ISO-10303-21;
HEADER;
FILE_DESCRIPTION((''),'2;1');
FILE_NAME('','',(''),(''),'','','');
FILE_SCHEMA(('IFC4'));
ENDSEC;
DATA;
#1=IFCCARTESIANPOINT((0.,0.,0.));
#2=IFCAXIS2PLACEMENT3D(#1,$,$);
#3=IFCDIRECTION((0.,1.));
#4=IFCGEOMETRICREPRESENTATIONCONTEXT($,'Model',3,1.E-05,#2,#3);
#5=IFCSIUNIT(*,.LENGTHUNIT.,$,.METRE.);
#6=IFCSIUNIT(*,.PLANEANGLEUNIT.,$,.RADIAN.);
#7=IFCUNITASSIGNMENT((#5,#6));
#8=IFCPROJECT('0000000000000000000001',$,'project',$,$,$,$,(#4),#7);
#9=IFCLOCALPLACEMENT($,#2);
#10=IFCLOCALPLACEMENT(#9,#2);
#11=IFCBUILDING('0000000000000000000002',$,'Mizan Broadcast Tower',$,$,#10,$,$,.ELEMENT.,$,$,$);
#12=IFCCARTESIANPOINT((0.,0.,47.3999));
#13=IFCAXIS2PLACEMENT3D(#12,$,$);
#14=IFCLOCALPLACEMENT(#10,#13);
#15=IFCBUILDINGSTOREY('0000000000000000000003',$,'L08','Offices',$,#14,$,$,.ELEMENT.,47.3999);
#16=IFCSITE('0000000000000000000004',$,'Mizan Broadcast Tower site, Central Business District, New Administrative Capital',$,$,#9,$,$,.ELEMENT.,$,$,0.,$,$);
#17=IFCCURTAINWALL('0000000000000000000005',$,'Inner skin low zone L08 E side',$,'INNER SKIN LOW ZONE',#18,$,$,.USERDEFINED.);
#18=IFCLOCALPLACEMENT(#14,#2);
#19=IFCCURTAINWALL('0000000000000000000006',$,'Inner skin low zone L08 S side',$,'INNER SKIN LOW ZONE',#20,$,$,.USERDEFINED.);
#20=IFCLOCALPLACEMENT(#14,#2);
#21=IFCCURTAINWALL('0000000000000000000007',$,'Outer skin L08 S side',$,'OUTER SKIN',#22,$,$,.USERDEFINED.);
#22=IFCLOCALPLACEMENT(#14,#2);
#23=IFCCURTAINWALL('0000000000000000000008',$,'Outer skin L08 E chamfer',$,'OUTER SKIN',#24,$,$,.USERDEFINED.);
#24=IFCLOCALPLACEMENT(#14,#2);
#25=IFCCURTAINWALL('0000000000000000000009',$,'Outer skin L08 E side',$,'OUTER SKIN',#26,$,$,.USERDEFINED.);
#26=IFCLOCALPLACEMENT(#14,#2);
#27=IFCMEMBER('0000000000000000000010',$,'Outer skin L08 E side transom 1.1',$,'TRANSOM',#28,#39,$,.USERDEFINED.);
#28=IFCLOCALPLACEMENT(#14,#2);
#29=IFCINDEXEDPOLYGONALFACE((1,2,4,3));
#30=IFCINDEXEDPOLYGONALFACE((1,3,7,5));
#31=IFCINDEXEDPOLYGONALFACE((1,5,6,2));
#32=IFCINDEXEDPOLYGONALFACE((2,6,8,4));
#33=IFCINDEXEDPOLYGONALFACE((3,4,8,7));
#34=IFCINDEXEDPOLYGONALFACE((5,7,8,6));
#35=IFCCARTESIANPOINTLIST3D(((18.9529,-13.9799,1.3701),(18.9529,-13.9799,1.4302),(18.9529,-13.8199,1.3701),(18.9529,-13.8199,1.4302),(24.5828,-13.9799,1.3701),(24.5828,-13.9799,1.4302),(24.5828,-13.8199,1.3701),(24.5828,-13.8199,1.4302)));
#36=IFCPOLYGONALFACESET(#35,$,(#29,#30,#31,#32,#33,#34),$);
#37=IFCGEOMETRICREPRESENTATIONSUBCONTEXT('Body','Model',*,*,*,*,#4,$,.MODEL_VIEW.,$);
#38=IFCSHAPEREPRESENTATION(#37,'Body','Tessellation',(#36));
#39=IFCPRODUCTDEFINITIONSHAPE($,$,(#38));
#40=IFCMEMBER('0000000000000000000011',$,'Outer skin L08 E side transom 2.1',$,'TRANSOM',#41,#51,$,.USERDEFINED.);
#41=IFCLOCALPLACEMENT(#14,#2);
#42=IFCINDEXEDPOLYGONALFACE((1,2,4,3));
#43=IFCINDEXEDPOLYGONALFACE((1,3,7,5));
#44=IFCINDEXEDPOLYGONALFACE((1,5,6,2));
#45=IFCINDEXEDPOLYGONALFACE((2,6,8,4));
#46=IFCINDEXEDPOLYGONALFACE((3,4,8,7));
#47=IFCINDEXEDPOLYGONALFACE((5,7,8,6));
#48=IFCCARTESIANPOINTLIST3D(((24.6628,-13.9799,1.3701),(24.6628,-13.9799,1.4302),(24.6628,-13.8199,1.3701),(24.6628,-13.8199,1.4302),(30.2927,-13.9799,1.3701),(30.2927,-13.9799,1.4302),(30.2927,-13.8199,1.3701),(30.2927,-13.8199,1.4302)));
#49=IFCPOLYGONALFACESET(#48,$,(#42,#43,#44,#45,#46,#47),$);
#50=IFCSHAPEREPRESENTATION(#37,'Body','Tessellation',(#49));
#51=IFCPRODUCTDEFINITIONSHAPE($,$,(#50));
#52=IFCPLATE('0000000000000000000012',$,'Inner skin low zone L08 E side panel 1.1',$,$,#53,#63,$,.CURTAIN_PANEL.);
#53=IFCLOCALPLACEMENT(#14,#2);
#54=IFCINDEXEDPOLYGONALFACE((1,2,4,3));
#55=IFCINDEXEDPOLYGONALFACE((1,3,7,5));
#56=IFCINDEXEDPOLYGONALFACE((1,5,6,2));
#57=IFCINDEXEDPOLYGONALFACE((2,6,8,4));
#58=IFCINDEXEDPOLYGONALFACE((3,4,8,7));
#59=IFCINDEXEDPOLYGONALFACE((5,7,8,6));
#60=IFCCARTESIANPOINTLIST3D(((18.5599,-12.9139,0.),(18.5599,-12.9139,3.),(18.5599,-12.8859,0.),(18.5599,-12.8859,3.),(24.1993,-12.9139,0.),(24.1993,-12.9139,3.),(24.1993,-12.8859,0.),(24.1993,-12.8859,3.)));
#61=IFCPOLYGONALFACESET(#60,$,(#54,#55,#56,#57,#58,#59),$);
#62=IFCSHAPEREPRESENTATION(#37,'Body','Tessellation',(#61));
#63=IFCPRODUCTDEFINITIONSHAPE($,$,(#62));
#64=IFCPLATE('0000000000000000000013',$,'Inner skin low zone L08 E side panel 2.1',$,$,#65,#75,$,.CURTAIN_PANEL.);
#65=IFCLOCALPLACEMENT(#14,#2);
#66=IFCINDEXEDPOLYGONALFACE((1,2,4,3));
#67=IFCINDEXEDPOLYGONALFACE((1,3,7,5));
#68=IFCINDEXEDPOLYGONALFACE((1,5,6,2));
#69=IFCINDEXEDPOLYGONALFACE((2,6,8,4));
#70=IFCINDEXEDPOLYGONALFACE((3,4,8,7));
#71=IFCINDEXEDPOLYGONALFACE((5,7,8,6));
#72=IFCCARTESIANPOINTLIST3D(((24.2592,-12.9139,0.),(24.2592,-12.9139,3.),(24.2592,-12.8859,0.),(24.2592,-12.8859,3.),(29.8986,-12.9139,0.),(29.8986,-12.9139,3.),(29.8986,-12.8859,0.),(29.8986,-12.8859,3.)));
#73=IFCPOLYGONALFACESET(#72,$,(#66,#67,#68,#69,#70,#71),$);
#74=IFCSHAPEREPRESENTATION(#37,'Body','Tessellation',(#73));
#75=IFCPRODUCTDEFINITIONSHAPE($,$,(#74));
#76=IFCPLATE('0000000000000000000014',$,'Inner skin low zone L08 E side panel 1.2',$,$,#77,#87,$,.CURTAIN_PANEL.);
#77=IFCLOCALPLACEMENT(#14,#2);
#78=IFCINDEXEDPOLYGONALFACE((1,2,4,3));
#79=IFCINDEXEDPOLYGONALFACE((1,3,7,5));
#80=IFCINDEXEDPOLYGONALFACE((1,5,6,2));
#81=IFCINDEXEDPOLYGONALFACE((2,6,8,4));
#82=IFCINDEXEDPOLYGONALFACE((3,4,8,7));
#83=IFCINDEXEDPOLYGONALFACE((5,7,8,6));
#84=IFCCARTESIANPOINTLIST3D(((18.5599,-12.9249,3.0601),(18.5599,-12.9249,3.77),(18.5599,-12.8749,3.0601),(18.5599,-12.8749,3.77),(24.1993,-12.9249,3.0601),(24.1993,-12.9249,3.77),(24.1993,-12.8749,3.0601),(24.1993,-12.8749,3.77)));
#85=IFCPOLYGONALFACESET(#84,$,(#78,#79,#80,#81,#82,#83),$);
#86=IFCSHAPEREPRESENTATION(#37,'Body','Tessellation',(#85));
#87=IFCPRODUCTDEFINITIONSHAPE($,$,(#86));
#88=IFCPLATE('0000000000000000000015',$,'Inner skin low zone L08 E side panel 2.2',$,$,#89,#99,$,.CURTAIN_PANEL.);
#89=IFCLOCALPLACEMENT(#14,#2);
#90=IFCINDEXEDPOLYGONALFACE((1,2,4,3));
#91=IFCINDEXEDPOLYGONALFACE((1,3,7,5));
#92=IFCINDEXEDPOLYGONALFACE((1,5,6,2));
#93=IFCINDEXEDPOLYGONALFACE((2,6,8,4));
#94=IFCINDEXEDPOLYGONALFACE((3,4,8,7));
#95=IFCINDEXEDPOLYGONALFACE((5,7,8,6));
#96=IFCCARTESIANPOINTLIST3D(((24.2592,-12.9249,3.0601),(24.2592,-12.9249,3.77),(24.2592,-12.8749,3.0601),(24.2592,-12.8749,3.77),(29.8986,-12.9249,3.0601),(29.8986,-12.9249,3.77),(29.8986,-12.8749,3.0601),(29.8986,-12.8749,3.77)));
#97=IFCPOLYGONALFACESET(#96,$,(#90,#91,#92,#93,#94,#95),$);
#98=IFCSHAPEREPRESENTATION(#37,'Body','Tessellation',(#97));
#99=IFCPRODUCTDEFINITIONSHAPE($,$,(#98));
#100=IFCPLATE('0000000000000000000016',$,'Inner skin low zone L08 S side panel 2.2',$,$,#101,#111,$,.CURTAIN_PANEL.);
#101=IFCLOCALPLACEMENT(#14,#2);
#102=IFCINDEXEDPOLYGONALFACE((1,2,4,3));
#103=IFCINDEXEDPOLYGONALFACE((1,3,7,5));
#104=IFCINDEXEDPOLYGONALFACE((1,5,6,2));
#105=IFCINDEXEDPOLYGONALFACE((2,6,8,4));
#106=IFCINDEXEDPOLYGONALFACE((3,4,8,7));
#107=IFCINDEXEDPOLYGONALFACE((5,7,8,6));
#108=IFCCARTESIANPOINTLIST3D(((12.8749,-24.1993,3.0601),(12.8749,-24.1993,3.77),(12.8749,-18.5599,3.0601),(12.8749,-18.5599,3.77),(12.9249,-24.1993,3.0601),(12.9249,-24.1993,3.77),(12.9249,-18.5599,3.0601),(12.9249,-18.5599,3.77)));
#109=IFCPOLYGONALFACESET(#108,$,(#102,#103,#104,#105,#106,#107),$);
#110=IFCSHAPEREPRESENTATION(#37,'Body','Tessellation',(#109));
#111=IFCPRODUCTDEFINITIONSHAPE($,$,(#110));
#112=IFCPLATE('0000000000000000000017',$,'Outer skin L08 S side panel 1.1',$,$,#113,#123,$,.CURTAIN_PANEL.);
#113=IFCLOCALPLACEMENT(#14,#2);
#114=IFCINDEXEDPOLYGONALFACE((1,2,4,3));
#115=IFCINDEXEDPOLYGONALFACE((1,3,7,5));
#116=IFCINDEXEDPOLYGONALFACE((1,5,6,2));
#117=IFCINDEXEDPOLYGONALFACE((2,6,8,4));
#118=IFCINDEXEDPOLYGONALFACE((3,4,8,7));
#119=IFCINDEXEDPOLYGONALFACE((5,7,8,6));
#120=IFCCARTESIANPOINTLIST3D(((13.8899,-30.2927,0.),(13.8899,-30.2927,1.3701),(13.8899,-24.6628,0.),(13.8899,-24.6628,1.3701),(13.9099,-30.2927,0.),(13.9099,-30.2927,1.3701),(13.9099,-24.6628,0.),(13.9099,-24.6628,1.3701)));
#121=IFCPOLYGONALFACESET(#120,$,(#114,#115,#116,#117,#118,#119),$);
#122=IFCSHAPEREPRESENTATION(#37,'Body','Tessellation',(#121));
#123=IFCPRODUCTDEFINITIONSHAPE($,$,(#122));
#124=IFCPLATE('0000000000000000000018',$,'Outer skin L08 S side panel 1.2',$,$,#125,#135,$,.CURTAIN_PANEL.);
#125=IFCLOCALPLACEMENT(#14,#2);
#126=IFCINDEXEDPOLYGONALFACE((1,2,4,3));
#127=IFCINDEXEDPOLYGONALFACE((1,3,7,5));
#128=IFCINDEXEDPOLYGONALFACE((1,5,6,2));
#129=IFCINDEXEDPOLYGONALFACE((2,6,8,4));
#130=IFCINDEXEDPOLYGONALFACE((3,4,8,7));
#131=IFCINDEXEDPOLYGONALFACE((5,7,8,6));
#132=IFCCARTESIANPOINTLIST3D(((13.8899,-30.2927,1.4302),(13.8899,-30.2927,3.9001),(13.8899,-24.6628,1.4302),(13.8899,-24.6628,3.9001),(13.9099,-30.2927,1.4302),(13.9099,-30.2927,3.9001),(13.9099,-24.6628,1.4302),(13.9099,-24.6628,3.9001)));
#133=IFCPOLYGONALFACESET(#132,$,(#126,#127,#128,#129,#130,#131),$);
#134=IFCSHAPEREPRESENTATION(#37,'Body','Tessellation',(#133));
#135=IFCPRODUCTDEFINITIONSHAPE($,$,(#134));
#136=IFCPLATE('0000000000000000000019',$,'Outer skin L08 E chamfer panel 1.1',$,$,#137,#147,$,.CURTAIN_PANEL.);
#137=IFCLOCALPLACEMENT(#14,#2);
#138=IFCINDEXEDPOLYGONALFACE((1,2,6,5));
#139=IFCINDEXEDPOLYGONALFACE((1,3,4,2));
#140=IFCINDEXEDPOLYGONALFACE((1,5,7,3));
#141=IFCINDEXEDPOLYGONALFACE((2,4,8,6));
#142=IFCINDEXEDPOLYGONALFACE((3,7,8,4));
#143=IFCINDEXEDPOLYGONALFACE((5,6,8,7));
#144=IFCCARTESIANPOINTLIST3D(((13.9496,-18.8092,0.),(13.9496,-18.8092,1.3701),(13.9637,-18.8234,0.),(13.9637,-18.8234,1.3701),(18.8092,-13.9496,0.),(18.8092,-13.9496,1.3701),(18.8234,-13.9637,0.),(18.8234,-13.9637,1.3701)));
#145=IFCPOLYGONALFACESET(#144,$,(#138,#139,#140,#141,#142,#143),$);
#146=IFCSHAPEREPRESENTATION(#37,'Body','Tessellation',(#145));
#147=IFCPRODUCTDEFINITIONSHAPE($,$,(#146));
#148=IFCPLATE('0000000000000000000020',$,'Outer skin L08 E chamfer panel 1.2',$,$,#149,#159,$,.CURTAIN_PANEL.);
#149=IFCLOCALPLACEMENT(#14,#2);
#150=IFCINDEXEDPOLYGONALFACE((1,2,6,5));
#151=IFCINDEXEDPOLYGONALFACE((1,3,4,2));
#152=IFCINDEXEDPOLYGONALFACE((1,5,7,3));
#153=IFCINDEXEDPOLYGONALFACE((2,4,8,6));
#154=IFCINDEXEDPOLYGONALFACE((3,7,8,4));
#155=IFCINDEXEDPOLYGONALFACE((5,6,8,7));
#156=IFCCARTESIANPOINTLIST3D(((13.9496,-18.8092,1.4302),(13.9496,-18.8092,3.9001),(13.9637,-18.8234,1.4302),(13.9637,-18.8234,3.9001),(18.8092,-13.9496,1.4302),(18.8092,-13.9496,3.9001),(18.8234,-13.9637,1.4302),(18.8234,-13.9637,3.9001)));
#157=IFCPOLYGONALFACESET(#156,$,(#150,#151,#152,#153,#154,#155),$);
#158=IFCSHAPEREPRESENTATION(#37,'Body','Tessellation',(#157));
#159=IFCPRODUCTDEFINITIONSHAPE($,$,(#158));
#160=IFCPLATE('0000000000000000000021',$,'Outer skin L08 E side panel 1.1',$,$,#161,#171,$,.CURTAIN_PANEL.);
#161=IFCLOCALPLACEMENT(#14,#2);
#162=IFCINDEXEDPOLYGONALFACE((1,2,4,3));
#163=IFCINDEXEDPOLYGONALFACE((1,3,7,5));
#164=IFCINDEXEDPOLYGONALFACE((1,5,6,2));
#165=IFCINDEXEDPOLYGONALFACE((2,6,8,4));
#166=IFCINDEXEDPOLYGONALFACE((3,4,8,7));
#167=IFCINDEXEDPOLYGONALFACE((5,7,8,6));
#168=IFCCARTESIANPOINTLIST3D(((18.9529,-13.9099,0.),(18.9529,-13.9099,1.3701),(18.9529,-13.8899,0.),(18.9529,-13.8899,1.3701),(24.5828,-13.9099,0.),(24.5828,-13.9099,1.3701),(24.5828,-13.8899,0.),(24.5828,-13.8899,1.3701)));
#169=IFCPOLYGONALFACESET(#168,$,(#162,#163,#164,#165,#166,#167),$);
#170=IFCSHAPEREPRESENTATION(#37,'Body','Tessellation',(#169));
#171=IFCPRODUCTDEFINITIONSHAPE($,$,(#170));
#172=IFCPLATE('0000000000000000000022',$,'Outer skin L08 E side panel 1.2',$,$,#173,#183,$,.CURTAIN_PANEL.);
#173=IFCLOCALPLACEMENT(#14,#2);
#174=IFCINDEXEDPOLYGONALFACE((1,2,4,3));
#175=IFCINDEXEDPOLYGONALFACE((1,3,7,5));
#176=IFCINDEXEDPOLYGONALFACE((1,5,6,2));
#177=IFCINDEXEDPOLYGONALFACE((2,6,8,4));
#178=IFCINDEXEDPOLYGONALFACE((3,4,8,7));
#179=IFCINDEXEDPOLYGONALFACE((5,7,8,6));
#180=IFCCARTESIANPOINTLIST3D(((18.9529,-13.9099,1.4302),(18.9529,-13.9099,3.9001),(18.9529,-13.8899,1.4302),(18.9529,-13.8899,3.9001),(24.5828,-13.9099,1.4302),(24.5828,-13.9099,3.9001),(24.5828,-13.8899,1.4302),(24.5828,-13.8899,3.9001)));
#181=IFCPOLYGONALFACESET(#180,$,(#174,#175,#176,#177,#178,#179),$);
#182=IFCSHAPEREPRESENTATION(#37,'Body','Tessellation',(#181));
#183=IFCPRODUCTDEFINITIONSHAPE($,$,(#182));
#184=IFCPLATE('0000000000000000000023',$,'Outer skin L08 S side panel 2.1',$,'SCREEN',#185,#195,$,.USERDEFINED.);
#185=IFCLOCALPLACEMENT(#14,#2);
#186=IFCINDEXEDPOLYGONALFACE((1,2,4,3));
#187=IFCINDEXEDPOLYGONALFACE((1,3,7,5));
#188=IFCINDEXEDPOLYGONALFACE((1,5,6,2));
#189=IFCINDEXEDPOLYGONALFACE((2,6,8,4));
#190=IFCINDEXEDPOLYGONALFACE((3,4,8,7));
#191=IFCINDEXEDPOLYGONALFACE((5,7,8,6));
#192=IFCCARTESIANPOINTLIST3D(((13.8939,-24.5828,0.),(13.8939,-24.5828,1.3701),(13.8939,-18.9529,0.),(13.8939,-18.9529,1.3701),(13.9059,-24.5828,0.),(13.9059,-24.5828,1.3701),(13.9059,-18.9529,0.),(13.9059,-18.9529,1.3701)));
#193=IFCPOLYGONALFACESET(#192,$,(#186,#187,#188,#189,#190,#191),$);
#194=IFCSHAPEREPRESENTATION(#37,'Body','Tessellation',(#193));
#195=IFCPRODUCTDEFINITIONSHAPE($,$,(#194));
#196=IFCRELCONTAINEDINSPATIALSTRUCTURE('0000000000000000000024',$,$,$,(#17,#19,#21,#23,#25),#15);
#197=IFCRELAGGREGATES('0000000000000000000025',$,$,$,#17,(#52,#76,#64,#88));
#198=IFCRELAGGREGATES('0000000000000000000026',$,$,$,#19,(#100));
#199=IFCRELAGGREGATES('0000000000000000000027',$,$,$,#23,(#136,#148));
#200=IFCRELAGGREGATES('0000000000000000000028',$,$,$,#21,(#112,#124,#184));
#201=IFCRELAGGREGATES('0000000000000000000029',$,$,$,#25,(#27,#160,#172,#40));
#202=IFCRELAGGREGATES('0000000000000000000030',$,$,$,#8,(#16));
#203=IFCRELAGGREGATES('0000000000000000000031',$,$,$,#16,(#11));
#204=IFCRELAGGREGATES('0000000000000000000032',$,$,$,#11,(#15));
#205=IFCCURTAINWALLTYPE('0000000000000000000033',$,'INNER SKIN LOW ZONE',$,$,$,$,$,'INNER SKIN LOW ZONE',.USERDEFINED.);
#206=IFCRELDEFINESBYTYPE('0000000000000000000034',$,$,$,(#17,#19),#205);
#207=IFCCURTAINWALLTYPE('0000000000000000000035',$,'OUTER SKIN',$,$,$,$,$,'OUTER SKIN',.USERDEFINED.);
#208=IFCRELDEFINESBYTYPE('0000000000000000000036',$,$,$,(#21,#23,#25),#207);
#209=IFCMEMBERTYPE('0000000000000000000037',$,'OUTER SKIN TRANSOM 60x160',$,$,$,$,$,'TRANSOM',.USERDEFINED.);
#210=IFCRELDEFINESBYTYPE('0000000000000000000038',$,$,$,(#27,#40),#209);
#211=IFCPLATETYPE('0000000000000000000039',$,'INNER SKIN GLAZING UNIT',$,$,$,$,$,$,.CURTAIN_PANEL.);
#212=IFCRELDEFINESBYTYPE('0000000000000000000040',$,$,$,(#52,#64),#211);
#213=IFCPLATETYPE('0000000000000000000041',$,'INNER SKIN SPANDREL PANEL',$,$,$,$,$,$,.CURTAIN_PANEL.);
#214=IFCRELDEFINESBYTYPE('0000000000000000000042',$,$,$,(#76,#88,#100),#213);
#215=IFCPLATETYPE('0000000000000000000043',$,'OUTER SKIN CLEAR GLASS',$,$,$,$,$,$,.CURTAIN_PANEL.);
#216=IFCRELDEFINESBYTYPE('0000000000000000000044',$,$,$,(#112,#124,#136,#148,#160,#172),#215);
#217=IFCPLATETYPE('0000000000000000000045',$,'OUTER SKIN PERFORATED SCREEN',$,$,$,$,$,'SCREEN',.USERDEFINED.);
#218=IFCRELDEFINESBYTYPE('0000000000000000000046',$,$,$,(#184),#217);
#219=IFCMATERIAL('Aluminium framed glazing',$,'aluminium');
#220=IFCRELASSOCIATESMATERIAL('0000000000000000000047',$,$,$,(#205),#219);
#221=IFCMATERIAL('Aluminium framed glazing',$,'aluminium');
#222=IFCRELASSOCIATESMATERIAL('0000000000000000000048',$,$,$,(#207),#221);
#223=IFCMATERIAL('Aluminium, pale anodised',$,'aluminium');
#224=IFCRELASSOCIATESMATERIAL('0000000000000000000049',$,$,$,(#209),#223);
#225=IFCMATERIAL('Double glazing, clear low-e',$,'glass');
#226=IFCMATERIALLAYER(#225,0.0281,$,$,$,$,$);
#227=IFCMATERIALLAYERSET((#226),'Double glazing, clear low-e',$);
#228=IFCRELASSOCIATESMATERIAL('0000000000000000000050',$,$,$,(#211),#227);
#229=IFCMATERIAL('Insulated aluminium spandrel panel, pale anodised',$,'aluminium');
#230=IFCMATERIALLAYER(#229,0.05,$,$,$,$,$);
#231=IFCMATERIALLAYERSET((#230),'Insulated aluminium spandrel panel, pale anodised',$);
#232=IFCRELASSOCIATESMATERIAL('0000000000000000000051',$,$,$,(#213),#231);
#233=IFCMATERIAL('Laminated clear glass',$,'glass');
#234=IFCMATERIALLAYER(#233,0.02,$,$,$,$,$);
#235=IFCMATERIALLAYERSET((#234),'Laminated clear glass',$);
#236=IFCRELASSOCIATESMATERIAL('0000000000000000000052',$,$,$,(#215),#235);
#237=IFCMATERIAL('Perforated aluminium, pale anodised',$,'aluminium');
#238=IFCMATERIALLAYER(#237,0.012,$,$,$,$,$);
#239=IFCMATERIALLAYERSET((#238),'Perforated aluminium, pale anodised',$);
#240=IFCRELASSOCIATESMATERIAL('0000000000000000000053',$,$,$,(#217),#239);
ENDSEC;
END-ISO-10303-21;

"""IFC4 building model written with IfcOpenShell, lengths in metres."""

from ifc_helpers import new_model, si_unit, direction, frame, origin, origin_2d, place, context, subcontext, project, spatial, rectangle, extrude, material, layer, layer_set, material_profile, profile_set, type_object, element, aggregate, save


model = new_model("IFC4")

# Units and contexts
model_context = context("Model", 3, precision=1e-05, world=origin(), true_north=direction((0.0, 1.0)))
body_context = subcontext(model_context, "Body", "Model", "MODEL_VIEW")
ifc_project = project(units=[si_unit("LENGTHUNIT", "METRE"), si_unit("PLANEANGLEUNIT", "RADIAN")], contexts=[model_context])

# Site, building, storey
site_placement = place(None, origin())
site = spatial("IfcSite", under=ifc_project, at=site_placement, Name="Mizan Broadcast Tower site, Central Business District, New Administrative Capital", CompositionType="ELEMENT", RefElevation=0.0)
building_placement = place(site_placement, origin())
building = spatial("IfcBuilding", under=site, at=building_placement, Name="Mizan Broadcast Tower", CompositionType="ELEMENT")
storey_placement = place(building_placement, frame((0.0, 0.0, 47.3999)))
storey = spatial("IfcBuildingStorey", under=building, at=storey_placement, Name="L08", Description="Offices", CompositionType="ELEMENT", Elevation=47.3999)

# Curtain walls
ifc_material_1 = material(Name="Aluminium framed glazing", Category="aluminium")
curtain_wall_type_1 = type_object("IfcCurtainWallType", Name="INNER SKIN LOW ZONE", ElementType="INNER SKIN LOW ZONE", PredefinedType="USERDEFINED", material=ifc_material_1)
curtain_wall_1_placement = place(storey_placement, origin())
curtain_wall_1 = element("IfcCurtainWall", 1, at=curtain_wall_1_placement, inside=storey, type_object=curtain_wall_type_1, Name="Inner skin low zone L08 E side", ObjectType="INNER SKIN LOW ZONE", PredefinedType="USERDEFINED")
curtain_wall_2_placement = place(storey_placement, origin())
curtain_wall_2 = element("IfcCurtainWall", 2, at=curtain_wall_2_placement, inside=storey, type_object=curtain_wall_type_1, Name="Inner skin low zone L08 S side", ObjectType="INNER SKIN LOW ZONE", PredefinedType="USERDEFINED")

# Shared definitions
ifc_material_2 = material(Name="Aluminium framed glazing", Category="aluminium")
curtain_wall_type_2 = type_object("IfcCurtainWallType", Name="OUTER SKIN", ElementType="OUTER SKIN", PredefinedType="USERDEFINED", material=ifc_material_2)

# Curtain wall
curtain_wall_3_placement = place(storey_placement, origin())
curtain_wall_3 = element("IfcCurtainWall", 3, at=curtain_wall_3_placement, inside=storey, type_object=curtain_wall_type_2, Name="Outer skin L08 S side", ObjectType="OUTER SKIN", PredefinedType="USERDEFINED")

# Curtain wall
curtain_wall_4_placement = place(storey_placement, origin())
curtain_wall_4 = element("IfcCurtainWall", 4, at=curtain_wall_4_placement, inside=storey, type_object=curtain_wall_type_2, Name="Outer skin L08 E chamfer", ObjectType="OUTER SKIN", PredefinedType="USERDEFINED")

# Curtain wall
curtain_wall_5_placement = place(storey_placement, origin())
curtain_wall_5 = element("IfcCurtainWall", 5, at=curtain_wall_5_placement, inside=storey, type_object=curtain_wall_type_2, Name="Outer skin L08 E side", ObjectType="OUTER SKIN", PredefinedType="USERDEFINED")

# Shared definitions
ifc_material_3 = material(Name="Aluminium, pale anodised", Category="aluminium")
ifc_material_profile_1 = material_profile(ifc_material_3, rectangle(XDim=0.1599, YDim=0.0601, at=origin_2d()), Name="TRANSOM 160x60")
ifc_profile_set_1 = profile_set([ifc_material_profile_1], Name="Aluminium, pale anodised")
member_type_1 = type_object("IfcMemberType", Name="OUTER SKIN TRANSOM 60x160", ElementType="TRANSOM", PredefinedType="USERDEFINED", material=ifc_profile_set_1)

# Members
member_1_placement = place(storey_placement, frame((18.9529, -13.8999, 1.4001), z_axis=(1.0, 0.0, 0.0), x_axis=(0.0, 1.0, 0.0)))
member_1 = element("IfcMember", 6, at=member_1_placement, type_object=member_type_1, Name="Outer skin L08 E side transom 1.1", ObjectType="TRANSOM", PredefinedType="USERDEFINED", context=body_context, shape_type="SweptSolid", body=[
    extrude(rectangle(XDim=0.1599, YDim=0.0601, at=origin_2d()), origin(), (0.0, 0.0, 1.0), 5.6299),
])
member_2_placement = place(storey_placement, frame((24.6628, -13.8999, 1.4001), z_axis=(1.0, 0.0, 0.0), x_axis=(0.0, 1.0, 0.0)))
member_2 = element("IfcMember", 7, at=member_2_placement, type_object=member_type_1, Name="Outer skin L08 E side transom 2.1", ObjectType="TRANSOM", PredefinedType="USERDEFINED", context=body_context, shape_type="SweptSolid", body=[
    extrude(rectangle(XDim=0.1599, YDim=0.0601, at=origin_2d()), origin(), (0.0, 0.0, 1.0), 5.6299),
])

# Plates
ifc_material_4 = material(Name="Double glazing, clear low-e", Category="glass")
ifc_layer_1 = layer(ifc_material_4, 0.0281)
ifc_layer_set_1 = layer_set([ifc_layer_1], Name="Double glazing, clear low-e")
plate_type_1 = type_object("IfcPlateType", Name="INNER SKIN GLAZING UNIT", PredefinedType="CURTAIN_PANEL", material=ifc_layer_set_1)
plate_1_placement = place(storey_placement, frame((21.3796, -12.8999, 0.0), z_axis=(0.0, 0.0, 1.0), x_axis=(1.0, 0.0, 0.0)))
plate_1 = element("IfcPlate", 8, at=plate_1_placement, type_object=plate_type_1, Name="Inner skin low zone L08 E side panel 1.1", PredefinedType="CURTAIN_PANEL", context=body_context, shape_type="SweptSolid", body=[
    extrude(rectangle(XDim=5.6394, YDim=0.0281, at=origin_2d()), origin(), (0.0, 0.0, 1.0), 3.0),
])
plate_2_placement = place(storey_placement, frame((27.0789, -12.8999, 0.0), z_axis=(0.0, 0.0, 1.0), x_axis=(1.0, 0.0, 0.0)))
plate_2 = element("IfcPlate", 9, at=plate_2_placement, type_object=plate_type_1, Name="Inner skin low zone L08 E side panel 2.1", PredefinedType="CURTAIN_PANEL", context=body_context, shape_type="SweptSolid", body=[
    extrude(rectangle(XDim=5.6394, YDim=0.0281, at=origin_2d()), origin(), (0.0, 0.0, 1.0), 3.0),
])
ifc_material_5 = material(Name="Insulated aluminium spandrel panel, pale anodised", Category="aluminium")
ifc_layer_2 = layer(ifc_material_5, 0.05)
ifc_layer_set_2 = layer_set([ifc_layer_2], Name="Insulated aluminium spandrel panel, pale anodised")
plate_type_2 = type_object("IfcPlateType", Name="INNER SKIN SPANDREL PANEL", PredefinedType="CURTAIN_PANEL", material=ifc_layer_set_2)
plate_3_placement = place(storey_placement, frame((21.3796, -12.8999, 3.0601), z_axis=(0.0, 0.0, 1.0), x_axis=(1.0, 0.0, 0.0)))
plate_3 = element("IfcPlate", 10, at=plate_3_placement, type_object=plate_type_2, Name="Inner skin low zone L08 E side panel 1.2", PredefinedType="CURTAIN_PANEL", context=body_context, shape_type="SweptSolid", body=[
    extrude(rectangle(XDim=5.6394, YDim=0.05, at=origin_2d()), origin(), (0.0, 0.0, 1.0), 0.71),
])
plate_4_placement = place(storey_placement, frame((27.0789, -12.8999, 3.0601), z_axis=(0.0, 0.0, 1.0), x_axis=(1.0, 0.0, 0.0)))
plate_4 = element("IfcPlate", 11, at=plate_4_placement, type_object=plate_type_2, Name="Inner skin low zone L08 E side panel 2.2", PredefinedType="CURTAIN_PANEL", context=body_context, shape_type="SweptSolid", body=[
    extrude(rectangle(XDim=5.6394, YDim=0.05, at=origin_2d()), origin(), (0.0, 0.0, 1.0), 0.71),
])
aggregate(curtain_wall_1, [plate_1, plate_3, plate_2, plate_4])
plate_5_placement = place(storey_placement, frame((12.8999, -21.3796, 3.0601), z_axis=(0.0, 0.0, 1.0), x_axis=(0.0, 1.0, 0.0)))
plate_5 = element("IfcPlate", 12, at=plate_5_placement, type_object=plate_type_2, Name="Inner skin low zone L08 S side panel 2.2", PredefinedType="CURTAIN_PANEL", context=body_context, shape_type="SweptSolid", body=[
    extrude(rectangle(XDim=5.6394, YDim=0.05, at=origin_2d()), origin(), (0.0, 0.0, 1.0), 0.71),
])
aggregate(curtain_wall_2, [plate_5])
ifc_material_6 = material(Name="Laminated clear glass", Category="glass")
ifc_layer_3 = layer(ifc_material_6, 0.02)
ifc_layer_set_3 = layer_set([ifc_layer_3], Name="Laminated clear glass")
plate_type_3 = type_object("IfcPlateType", Name="OUTER SKIN CLEAR GLASS", PredefinedType="CURTAIN_PANEL", material=ifc_layer_set_3)
plate_6_placement = place(storey_placement, frame((13.8999, -27.4778, 0.0), z_axis=(0.0, 0.0, 1.0), x_axis=(0.0, 1.0, 0.0)))
plate_6 = element("IfcPlate", 13, at=plate_6_placement, type_object=plate_type_3, Name="Outer skin L08 S side panel 1.1", PredefinedType="CURTAIN_PANEL", context=body_context, shape_type="SweptSolid", body=[
    extrude(rectangle(XDim=5.6299, YDim=0.02, at=origin_2d()), origin(), (0.0, 0.0, 1.0), 1.3701),
])
plate_7_placement = place(storey_placement, frame((13.8999, -27.4778, 1.4302), z_axis=(0.0, 0.0, 1.0), x_axis=(0.0, 1.0, 0.0)))
plate_7 = element("IfcPlate", 14, at=plate_7_placement, type_object=plate_type_3, Name="Outer skin L08 S side panel 1.2", PredefinedType="CURTAIN_PANEL", context=body_context, shape_type="SweptSolid", body=[
    extrude(rectangle(XDim=5.6299, YDim=0.02, at=origin_2d()), origin(), (0.0, 0.0, 1.0), 2.47),
])
plate_8_placement = place(storey_placement, frame((16.3865, -16.3865, 0.0), z_axis=(0.0, 0.0, 1.0), x_axis=(0.707107, 0.707107, 0.0)))
plate_8 = element("IfcPlate", 15, at=plate_8_placement, type_object=plate_type_3, Name="Outer skin L08 E chamfer panel 1.1", PredefinedType="CURTAIN_PANEL", context=body_context, shape_type="SweptSolid", body=[
    extrude(rectangle(XDim=6.8726, YDim=0.02, at=origin_2d()), origin(), (0.0, 0.0, 1.0), 1.3701),
])
plate_9_placement = place(storey_placement, frame((16.3865, -16.3865, 1.4302), z_axis=(0.0, 0.0, 1.0), x_axis=(0.707107, 0.707107, 0.0)))
plate_9 = element("IfcPlate", 16, at=plate_9_placement, type_object=plate_type_3, Name="Outer skin L08 E chamfer panel 1.2", PredefinedType="CURTAIN_PANEL", context=body_context, shape_type="SweptSolid", body=[
    extrude(rectangle(XDim=6.8726, YDim=0.02, at=origin_2d()), origin(), (0.0, 0.0, 1.0), 2.47),
])
aggregate(curtain_wall_4, [plate_8, plate_9])
plate_10_placement = place(storey_placement, frame((21.7678, -13.8999, 0.0), z_axis=(0.0, 0.0, 1.0), x_axis=(1.0, 0.0, 0.0)))
plate_10 = element("IfcPlate", 17, at=plate_10_placement, type_object=plate_type_3, Name="Outer skin L08 E side panel 1.1", PredefinedType="CURTAIN_PANEL", context=body_context, shape_type="SweptSolid", body=[
    extrude(rectangle(XDim=5.6299, YDim=0.02, at=origin_2d()), origin(), (0.0, 0.0, 1.0), 1.3701),
])
plate_11_placement = place(storey_placement, frame((21.7678, -13.8999, 1.4302), z_axis=(0.0, 0.0, 1.0), x_axis=(1.0, 0.0, 0.0)))
plate_11 = element("IfcPlate", 18, at=plate_11_placement, type_object=plate_type_3, Name="Outer skin L08 E side panel 1.2", PredefinedType="CURTAIN_PANEL", context=body_context, shape_type="SweptSolid", body=[
    extrude(rectangle(XDim=5.6299, YDim=0.02, at=origin_2d()), origin(), (0.0, 0.0, 1.0), 2.47),
])
ifc_material_7 = material(Name="Perforated aluminium, pale anodised", Category="aluminium")
ifc_layer_4 = layer(ifc_material_7, 0.012)
ifc_layer_set_4 = layer_set([ifc_layer_4], Name="Perforated aluminium, pale anodised")
plate_type_4 = type_object("IfcPlateType", Name="OUTER SKIN PERFORATED SCREEN", ElementType="SCREEN", PredefinedType="USERDEFINED", material=ifc_layer_set_4)
plate_12_placement = place(storey_placement, frame((13.8999, -21.7678, 0.0), z_axis=(0.0, 0.0, 1.0), x_axis=(0.0, 1.0, 0.0)))
plate_12 = element("IfcPlate", 19, at=plate_12_placement, type_object=plate_type_4, Name="Outer skin L08 S side panel 2.1", ObjectType="SCREEN", PredefinedType="USERDEFINED", context=body_context, shape_type="SweptSolid", body=[
    extrude(rectangle(XDim=5.6299, YDim=0.012, at=origin_2d()), origin(), (0.0, 0.0, 1.0), 1.3701),
])
aggregate(curtain_wall_3, [plate_6, plate_7, plate_12])
aggregate(curtain_wall_5, [member_1, plate_10, plate_11, member_2])

save(model, "model.ifc")
